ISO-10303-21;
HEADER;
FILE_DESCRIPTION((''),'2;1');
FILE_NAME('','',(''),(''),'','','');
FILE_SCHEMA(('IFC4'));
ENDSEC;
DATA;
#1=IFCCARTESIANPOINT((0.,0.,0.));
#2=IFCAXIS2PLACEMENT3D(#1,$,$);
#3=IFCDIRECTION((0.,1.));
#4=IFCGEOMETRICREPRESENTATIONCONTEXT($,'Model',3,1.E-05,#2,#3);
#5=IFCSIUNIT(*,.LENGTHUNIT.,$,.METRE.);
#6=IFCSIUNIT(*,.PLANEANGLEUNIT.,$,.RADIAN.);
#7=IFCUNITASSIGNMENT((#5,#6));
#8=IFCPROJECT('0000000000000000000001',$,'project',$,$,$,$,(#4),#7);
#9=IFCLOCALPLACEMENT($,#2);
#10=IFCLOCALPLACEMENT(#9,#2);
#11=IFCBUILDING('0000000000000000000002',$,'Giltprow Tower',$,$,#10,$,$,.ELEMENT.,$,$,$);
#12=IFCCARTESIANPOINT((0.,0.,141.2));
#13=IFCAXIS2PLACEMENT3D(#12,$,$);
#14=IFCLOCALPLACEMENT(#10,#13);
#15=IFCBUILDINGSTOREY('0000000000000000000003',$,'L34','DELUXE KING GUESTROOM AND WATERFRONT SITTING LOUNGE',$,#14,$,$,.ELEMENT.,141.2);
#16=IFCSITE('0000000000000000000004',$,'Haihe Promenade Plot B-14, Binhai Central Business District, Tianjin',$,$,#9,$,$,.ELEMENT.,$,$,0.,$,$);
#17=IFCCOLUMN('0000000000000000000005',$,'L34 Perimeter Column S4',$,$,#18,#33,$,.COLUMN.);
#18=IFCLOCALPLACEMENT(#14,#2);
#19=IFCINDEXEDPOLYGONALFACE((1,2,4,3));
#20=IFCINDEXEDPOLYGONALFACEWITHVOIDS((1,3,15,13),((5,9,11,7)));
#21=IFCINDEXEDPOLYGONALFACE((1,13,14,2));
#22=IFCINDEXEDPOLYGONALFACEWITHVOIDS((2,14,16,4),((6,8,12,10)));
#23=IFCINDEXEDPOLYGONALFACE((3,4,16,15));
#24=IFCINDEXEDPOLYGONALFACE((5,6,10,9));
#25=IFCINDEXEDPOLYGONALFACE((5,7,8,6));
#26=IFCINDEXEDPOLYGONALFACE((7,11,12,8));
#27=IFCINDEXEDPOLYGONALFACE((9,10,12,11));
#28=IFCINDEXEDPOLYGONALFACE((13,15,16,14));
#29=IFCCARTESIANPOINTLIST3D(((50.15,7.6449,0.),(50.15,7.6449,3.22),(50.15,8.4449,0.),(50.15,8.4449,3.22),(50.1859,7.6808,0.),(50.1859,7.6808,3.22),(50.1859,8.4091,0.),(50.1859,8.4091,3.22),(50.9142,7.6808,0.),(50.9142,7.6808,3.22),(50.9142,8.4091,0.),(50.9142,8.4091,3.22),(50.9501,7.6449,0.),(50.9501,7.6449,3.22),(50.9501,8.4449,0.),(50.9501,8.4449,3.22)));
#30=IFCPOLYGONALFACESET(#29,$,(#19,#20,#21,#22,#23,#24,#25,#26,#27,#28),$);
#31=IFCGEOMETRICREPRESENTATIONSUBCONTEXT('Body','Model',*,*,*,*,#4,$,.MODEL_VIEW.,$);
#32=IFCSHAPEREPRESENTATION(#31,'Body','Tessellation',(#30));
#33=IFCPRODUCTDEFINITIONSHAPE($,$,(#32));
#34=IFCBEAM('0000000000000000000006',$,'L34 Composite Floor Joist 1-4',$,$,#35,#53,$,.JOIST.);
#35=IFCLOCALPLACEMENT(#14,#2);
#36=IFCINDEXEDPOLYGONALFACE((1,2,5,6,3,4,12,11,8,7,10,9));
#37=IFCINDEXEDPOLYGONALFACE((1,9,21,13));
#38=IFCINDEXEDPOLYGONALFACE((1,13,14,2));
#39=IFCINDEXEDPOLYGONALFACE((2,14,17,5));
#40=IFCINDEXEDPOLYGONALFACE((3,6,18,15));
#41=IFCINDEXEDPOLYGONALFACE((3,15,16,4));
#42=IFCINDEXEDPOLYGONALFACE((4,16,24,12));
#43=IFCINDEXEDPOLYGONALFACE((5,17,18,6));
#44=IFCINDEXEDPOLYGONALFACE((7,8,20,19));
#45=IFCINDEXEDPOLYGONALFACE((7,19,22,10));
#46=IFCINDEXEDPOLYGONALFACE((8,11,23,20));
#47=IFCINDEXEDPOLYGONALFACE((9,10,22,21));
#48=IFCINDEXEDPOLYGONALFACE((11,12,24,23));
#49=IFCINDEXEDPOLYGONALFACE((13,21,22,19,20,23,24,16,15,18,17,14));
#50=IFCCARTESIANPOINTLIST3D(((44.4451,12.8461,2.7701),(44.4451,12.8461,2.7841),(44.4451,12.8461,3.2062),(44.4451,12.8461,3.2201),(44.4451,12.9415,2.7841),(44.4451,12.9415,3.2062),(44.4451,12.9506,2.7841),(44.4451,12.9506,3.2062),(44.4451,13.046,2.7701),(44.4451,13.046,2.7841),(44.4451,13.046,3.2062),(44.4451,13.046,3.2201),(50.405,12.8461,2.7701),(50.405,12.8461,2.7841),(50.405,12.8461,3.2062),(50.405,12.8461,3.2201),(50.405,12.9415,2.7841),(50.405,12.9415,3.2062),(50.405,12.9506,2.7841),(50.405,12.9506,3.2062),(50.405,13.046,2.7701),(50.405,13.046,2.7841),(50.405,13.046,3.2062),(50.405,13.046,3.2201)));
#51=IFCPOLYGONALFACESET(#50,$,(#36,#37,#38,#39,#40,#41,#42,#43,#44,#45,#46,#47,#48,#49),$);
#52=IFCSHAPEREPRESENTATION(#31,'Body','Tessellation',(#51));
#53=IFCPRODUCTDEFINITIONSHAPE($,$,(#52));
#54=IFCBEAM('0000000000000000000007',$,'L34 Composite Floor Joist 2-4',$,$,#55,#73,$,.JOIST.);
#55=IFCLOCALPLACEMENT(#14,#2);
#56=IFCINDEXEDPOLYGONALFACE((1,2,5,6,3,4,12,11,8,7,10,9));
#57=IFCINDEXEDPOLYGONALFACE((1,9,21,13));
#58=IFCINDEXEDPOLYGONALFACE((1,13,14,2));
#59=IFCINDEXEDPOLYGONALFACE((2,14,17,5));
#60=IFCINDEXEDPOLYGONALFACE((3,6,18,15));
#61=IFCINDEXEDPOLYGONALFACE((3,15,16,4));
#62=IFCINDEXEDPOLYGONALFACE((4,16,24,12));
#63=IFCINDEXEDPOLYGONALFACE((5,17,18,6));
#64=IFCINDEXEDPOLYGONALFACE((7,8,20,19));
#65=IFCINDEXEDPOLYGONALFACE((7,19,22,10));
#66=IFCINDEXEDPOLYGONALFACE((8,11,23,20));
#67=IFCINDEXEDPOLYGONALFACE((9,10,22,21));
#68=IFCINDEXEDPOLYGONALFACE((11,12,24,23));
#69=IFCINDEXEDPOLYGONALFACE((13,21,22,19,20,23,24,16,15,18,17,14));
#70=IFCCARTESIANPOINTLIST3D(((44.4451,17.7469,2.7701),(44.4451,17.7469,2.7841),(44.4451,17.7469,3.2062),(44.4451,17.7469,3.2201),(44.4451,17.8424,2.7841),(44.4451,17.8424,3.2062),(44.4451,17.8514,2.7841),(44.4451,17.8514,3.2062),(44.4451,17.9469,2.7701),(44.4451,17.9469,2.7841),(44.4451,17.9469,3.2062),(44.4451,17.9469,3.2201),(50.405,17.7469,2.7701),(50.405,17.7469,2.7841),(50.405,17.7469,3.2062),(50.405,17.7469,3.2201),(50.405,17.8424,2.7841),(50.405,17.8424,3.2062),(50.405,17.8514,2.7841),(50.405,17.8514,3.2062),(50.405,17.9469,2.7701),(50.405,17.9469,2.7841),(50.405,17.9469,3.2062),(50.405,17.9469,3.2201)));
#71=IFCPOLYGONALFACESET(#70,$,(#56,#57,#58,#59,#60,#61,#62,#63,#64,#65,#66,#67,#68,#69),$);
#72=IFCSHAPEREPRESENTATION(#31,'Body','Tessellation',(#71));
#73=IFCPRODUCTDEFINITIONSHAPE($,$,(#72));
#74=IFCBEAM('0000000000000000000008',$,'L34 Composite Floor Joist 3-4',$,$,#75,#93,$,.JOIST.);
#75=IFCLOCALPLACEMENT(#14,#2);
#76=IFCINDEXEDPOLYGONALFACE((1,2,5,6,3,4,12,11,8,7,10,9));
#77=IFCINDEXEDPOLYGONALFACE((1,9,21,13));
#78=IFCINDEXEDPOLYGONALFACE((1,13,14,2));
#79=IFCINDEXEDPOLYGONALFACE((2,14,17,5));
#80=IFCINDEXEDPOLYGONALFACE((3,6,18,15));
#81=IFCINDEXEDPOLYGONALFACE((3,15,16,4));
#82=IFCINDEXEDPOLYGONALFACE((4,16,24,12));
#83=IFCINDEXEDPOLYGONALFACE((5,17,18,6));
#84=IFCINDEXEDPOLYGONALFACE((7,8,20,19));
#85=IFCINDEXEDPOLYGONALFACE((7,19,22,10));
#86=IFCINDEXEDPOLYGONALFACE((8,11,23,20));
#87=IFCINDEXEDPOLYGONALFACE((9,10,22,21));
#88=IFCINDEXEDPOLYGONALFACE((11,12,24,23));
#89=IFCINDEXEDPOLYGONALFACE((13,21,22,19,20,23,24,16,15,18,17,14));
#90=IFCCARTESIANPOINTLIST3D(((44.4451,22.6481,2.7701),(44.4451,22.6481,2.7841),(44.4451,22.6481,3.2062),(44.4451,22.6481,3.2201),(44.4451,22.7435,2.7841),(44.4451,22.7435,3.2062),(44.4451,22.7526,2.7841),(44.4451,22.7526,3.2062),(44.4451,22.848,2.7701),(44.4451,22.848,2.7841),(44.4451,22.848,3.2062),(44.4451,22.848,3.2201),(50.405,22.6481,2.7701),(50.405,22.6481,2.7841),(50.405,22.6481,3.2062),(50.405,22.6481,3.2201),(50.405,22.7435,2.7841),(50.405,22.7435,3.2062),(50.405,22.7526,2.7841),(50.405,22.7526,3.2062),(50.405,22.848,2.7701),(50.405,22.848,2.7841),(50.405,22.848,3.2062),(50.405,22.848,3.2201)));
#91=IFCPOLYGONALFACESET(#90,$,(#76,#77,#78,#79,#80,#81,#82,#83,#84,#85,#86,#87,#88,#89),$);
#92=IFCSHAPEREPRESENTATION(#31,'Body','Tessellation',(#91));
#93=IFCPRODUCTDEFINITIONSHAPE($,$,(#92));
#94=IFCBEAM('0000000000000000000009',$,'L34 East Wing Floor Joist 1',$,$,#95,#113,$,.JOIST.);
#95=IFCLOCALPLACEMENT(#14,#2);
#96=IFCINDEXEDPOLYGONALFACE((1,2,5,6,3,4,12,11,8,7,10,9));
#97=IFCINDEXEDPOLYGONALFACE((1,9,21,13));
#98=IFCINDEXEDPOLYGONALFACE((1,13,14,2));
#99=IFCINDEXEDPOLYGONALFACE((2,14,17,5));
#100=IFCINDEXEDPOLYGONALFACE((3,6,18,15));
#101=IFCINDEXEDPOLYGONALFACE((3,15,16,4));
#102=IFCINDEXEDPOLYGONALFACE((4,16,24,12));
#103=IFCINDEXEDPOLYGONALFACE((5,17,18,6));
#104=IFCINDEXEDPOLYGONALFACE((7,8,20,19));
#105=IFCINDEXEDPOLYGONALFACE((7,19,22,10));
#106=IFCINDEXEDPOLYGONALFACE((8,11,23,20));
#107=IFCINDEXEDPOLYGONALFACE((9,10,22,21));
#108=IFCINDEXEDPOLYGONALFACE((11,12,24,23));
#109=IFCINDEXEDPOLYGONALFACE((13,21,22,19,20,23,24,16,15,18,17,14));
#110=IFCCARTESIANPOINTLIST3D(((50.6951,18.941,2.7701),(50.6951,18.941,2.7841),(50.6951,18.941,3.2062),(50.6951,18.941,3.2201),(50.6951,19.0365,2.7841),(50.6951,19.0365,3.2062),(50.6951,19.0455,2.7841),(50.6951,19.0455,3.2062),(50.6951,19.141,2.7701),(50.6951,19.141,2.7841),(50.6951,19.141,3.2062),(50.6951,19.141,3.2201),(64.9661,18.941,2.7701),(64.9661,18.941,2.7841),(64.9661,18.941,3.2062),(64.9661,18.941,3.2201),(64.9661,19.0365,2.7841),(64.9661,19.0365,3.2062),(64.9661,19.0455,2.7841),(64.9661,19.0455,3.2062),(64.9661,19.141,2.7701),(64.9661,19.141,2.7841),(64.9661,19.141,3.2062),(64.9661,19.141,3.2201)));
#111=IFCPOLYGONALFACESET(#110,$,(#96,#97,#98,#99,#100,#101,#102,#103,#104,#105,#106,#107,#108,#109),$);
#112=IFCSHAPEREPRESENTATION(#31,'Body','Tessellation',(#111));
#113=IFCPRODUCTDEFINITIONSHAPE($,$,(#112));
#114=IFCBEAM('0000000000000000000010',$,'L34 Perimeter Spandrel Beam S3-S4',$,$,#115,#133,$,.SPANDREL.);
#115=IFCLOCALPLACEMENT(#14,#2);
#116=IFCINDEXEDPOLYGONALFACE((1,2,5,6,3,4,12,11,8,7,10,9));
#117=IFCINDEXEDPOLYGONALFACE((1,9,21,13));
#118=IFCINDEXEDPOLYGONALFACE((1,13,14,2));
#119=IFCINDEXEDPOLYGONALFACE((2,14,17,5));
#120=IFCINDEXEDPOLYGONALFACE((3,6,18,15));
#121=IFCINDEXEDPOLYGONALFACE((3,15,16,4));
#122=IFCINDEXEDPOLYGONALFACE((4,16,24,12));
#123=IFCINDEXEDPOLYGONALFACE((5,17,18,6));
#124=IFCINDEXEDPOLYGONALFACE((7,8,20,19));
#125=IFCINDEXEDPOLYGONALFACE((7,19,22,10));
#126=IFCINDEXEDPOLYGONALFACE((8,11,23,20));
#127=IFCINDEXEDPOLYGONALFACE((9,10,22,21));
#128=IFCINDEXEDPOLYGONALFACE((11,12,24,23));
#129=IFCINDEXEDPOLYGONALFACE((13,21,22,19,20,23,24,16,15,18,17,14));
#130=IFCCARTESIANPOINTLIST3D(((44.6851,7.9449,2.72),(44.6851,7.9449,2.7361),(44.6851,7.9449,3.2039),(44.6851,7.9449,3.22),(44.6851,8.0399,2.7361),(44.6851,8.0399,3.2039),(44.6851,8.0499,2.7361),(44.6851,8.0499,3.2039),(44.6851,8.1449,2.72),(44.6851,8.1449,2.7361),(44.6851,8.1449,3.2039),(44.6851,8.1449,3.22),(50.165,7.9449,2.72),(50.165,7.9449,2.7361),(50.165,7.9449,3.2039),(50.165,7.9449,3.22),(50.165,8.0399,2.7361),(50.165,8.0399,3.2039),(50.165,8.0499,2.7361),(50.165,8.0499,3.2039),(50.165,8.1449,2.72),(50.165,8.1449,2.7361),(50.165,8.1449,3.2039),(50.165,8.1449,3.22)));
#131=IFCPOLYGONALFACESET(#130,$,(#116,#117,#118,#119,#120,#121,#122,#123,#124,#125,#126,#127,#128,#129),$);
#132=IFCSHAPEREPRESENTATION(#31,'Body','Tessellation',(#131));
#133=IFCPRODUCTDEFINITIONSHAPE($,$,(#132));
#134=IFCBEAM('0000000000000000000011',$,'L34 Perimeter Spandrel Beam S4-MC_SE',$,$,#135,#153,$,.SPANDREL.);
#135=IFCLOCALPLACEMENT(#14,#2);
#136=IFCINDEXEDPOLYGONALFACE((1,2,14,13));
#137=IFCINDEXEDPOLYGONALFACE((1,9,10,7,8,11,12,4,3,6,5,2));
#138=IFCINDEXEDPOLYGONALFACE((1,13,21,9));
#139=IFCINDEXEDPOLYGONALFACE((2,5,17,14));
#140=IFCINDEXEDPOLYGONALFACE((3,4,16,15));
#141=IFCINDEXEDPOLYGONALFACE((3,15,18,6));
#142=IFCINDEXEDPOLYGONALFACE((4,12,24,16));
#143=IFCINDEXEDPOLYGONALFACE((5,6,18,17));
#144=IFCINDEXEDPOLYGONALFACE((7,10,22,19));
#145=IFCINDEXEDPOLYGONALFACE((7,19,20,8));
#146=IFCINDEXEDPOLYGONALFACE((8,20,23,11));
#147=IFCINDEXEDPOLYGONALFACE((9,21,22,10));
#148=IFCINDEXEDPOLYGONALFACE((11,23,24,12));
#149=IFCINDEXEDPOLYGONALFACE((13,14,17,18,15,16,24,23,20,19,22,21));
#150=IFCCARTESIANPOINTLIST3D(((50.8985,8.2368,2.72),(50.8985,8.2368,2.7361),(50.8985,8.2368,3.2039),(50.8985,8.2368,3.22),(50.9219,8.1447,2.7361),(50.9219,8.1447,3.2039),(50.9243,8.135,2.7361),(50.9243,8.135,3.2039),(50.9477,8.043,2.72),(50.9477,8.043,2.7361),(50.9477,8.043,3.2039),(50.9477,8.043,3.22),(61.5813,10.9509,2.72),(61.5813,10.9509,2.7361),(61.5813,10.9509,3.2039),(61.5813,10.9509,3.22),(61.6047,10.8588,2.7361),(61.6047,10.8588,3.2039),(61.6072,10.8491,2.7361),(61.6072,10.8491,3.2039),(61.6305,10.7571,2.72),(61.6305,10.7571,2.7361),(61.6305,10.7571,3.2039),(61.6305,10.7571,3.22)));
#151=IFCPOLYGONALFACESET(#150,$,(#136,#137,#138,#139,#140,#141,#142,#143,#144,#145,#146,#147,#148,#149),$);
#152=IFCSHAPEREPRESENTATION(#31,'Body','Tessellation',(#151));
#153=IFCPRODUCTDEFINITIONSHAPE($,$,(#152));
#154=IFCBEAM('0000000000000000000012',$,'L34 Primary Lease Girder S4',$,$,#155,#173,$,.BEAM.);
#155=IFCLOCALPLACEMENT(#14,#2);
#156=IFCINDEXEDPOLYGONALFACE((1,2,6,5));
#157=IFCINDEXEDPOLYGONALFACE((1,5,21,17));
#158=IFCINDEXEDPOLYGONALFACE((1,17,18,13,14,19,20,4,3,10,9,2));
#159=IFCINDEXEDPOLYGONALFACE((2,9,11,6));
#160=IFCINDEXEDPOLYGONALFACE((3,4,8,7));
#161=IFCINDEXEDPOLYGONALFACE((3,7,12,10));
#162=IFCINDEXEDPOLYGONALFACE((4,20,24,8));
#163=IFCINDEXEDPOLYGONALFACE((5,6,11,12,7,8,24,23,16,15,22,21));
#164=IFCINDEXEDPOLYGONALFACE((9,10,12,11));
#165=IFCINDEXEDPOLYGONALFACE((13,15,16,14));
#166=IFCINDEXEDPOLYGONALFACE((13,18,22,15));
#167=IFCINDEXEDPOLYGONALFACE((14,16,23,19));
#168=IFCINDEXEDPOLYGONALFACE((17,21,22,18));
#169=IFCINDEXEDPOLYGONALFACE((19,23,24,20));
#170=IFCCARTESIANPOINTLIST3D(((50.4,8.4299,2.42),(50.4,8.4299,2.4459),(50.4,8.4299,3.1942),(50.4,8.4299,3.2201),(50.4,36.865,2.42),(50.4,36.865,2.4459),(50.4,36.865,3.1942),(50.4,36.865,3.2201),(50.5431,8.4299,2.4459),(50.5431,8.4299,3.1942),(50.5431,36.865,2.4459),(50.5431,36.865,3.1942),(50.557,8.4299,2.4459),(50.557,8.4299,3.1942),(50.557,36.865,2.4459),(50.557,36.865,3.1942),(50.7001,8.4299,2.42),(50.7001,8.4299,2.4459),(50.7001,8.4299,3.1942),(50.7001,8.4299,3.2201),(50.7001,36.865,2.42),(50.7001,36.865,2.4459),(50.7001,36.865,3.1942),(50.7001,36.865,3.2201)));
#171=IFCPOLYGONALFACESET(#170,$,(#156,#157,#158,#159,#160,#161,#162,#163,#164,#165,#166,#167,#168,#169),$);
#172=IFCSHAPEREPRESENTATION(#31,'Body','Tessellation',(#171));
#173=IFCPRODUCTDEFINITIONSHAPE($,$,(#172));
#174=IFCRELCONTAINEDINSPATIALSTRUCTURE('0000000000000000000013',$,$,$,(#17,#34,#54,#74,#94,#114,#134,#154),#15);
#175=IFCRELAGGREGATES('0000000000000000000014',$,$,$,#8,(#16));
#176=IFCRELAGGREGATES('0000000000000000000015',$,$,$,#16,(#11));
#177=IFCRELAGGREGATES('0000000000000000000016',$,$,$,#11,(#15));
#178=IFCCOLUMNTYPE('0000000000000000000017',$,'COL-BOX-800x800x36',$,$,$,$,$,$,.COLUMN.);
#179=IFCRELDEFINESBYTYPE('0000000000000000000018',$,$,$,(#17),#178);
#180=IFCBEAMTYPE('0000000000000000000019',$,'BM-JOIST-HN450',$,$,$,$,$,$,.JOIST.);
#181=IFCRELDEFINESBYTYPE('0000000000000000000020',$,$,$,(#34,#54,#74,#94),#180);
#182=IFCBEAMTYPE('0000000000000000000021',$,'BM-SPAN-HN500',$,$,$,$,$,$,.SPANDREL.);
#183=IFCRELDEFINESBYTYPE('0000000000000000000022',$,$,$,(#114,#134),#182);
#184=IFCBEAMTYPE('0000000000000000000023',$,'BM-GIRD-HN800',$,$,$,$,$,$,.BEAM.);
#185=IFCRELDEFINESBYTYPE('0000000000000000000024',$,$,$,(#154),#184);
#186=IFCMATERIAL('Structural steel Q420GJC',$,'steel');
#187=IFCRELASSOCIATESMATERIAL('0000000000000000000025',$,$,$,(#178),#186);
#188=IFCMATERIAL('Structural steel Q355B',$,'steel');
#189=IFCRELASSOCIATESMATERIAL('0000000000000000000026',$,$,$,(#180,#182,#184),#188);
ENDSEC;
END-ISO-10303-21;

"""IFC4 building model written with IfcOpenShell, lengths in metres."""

from ifc_helpers import new_model, si_unit, direction, frame, origin, origin_2d, place, context, subcontext, project, spatial, hollow_rectangle, i_section, extrude, source, transform, mapped, material, material_profile, profile_set, type_object, element, save


model = new_model("IFC4")

# Units and contexts
model_context = context("Model", 3, precision=1e-05, world=origin(), true_north=direction((0.0, 1.0)))
body_context = subcontext(model_context, "Body", "Model", "MODEL_VIEW")
ifc_project = project(units=[si_unit("LENGTHUNIT", "METRE"), si_unit("PLANEANGLEUNIT", "RADIAN")], contexts=[model_context])

# Site, building, storey
site_placement = place(None, origin())
site = spatial("IfcSite", under=ifc_project, at=site_placement, Name="Haihe Promenade Plot B-14, Binhai Central Business District, Tianjin", CompositionType="ELEMENT", RefElevation=0.0)
building_placement = place(site_placement, origin())
building = spatial("IfcBuilding", under=site, at=building_placement, Name="Giltprow Tower", CompositionType="ELEMENT")
storey_placement = place(building_placement, frame((0.0, 0.0, 141.2)))
storey = spatial("IfcBuildingStorey", under=building, at=storey_placement, Name="L34", Description="DELUXE KING GUESTROOM AND WATERFRONT SITTING LOUNGE", CompositionType="ELEMENT", Elevation=141.2)

# Column
ifc_material_1 = material(Name="Structural steel Q420GJC", Category="steel")
ifc_material_profile_1 = material_profile(ifc_material_1, hollow_rectangle(XDim=0.8, YDim=0.8, WallThickness=0.0359, at=origin_2d()), Name="BOX 800x800x36")
ifc_profile_set_1 = profile_set([ifc_material_profile_1], Name="Structural steel Q420GJC")
column_type = type_object("IfcColumnType", Name="COL-BOX-800x800x36", PredefinedType="COLUMN", material=ifc_profile_set_1)
shared_shape_1 = source(origin(), body_context, "Body", "SweptSolid", [
    extrude(hollow_rectangle(XDim=0.8, YDim=0.8, WallThickness=0.0359, at=origin_2d()), origin(), (0.0, 0.0, 1.0), 3.22),
])
column_placement = place(storey_placement, frame((50.55, 8.0449, 0.0), z_axis=(0.0, 0.0, 1.0), x_axis=(1.0, 0.0, 0.0)))
element("IfcColumn", 1, at=column_placement, inside=storey, type_object=column_type, Name="L34 Perimeter Column S4", PredefinedType="COLUMN", context=body_context, shape_type="MappedRepresentation", body=[
    mapped(shared_shape_1, transform((0.0, 0.0, 0.0), x_axis=(1.0, 0.0, 0.0), y_axis=(0.0, 1.0, 0.0), z_axis=(0.0, 0.0, 1.0), scale=1.0)),
])

# Beams
ifc_material_2 = material(Name="Structural steel Q355B", Category="steel")
ifc_material_profile_2 = material_profile(ifc_material_2, i_section(OverallWidth=0.2, OverallDepth=0.45, WebThickness=0.009, FlangeThickness=0.0139, at=origin_2d()), Name="HN 450x200x9x14")
ifc_profile_set_2 = profile_set([ifc_material_profile_2], Name="Structural steel Q355B")
beam_type_1 = type_object("IfcBeamType", Name="BM-JOIST-HN450", PredefinedType="JOIST", material=ifc_profile_set_2)
shared_shape_2 = source(origin(), body_context, "Body", "SweptSolid", [
    extrude(i_section(OverallWidth=0.2, OverallDepth=0.45, WebThickness=0.009, FlangeThickness=0.0139, at=origin_2d()), origin(), (0.0, 0.0, 1.0), 5.96),
])
for number, where, z_axis, x_axis, name in (
    (2, (44.4451, 12.946, 2.9951), (1.0, 0.0, 0.0), (0.0, 1.0, 0.0), "L34 Composite Floor Joist 1-4"),
    (3, (44.4451, 17.8469, 2.9951), (1.0, 0.0, 0.0), (0.0, 1.0, 0.0), "L34 Composite Floor Joist 2-4"),
    (4, (44.4451, 22.748, 2.9951), (1.0, 0.0, 0.0), (0.0, 1.0, 0.0), "L34 Composite Floor Joist 3-4"),
):
    element("IfcBeam", number, at=place(storey_placement, frame(where, z_axis=z_axis, x_axis=x_axis)), inside=storey, type_object=beam_type_1, Name=name, PredefinedType="JOIST", context=body_context, shape_type="MappedRepresentation", body=[
        mapped(shared_shape_2, transform((0.0, 0.0, 0.0), x_axis=(1.0, 0.0, 0.0), y_axis=(0.0, 1.0, 0.0), z_axis=(0.0, 0.0, 1.0), scale=1.0)),
    ])
shared_shape_3 = source(origin(), body_context, "Body", "SweptSolid", [
    extrude(i_section(OverallWidth=0.2, OverallDepth=0.45, WebThickness=0.009, FlangeThickness=0.0139, at=origin_2d()), origin(), (0.0, 0.0, 1.0), 14.271),
])
beam_1_placement = place(storey_placement, frame((50.6951, 19.041, 2.9951), z_axis=(1.0, 0.0, 0.0), x_axis=(0.0, 1.0, 0.0)))
element("IfcBeam", 5, at=beam_1_placement, inside=storey, type_object=beam_type_1, Name="L34 East Wing Floor Joist 1", PredefinedType="JOIST", context=body_context, shape_type="MappedRepresentation", body=[
    mapped(shared_shape_3, transform((0.0, 0.0, 0.0), x_axis=(1.0, 0.0, 0.0), y_axis=(0.0, 1.0, 0.0), z_axis=(0.0, 0.0, 1.0), scale=1.0)),
])
ifc_material_profile_3 = material_profile(ifc_material_2, i_section(OverallWidth=0.2, OverallDepth=0.5, WebThickness=0.01, FlangeThickness=0.0161, at=origin_2d()), Name="HN 500x200x10x16")
ifc_profile_set_3 = profile_set([ifc_material_profile_3], Name="Structural steel Q355B")
beam_type_2 = type_object("IfcBeamType", Name="BM-SPAN-HN500", PredefinedType="SPANDREL", material=ifc_profile_set_3)
shared_shape_4 = source(origin(), body_context, "Body", "SweptSolid", [
    extrude(i_section(OverallWidth=0.2, OverallDepth=0.5, WebThickness=0.01, FlangeThickness=0.0161, at=origin_2d()), origin(), (0.0, 0.0, 1.0), 5.48),
])
beam_2_placement = place(storey_placement, frame((44.6851, 8.0449, 2.97), z_axis=(1.0, 0.0, 0.0), x_axis=(0.0, 1.0, 0.0)))
element("IfcBeam", 6, at=beam_2_placement, inside=storey, type_object=beam_type_2, Name="L34 Perimeter Spandrel Beam S3-S4", PredefinedType="SPANDREL", context=body_context, shape_type="MappedRepresentation", body=[
    mapped(shared_shape_4, transform((0.0, 0.0, 0.0), x_axis=(1.0, 0.0, 0.0), y_axis=(0.0, 1.0, 0.0), z_axis=(0.0, 0.0, 1.0), scale=1.0)),
])
shared_shape_5 = source(origin(), body_context, "Body", "SweptSolid", [
    extrude(i_section(OverallWidth=0.2, OverallDepth=0.5, WebThickness=0.01, FlangeThickness=0.0161, at=origin_2d()), origin(), (0.0, 0.0, 1.0), 11.0222),
])
beam_3_placement = place(storey_placement, frame((50.9231, 8.1399, 2.97), z_axis=(0.969209, 0.246239, 0.0), x_axis=(-0.246239, 0.969209, 0.0)))
element("IfcBeam", 7, at=beam_3_placement, inside=storey, type_object=beam_type_2, Name="L34 Perimeter Spandrel Beam S4-MC_SE", PredefinedType="SPANDREL", context=body_context, shape_type="MappedRepresentation", body=[
    mapped(shared_shape_5, transform((0.0, 0.0, 0.0), x_axis=(1.0, 0.0, 0.0), y_axis=(0.0, 1.0, 0.0), z_axis=(0.0, 0.0, 1.0), scale=1.0)),
])
ifc_material_profile_4 = material_profile(ifc_material_2, i_section(OverallWidth=0.3, OverallDepth=0.8, WebThickness=0.0139, FlangeThickness=0.0259, at=origin_2d()), Name="HN 800x300x14x26")
ifc_profile_set_4 = profile_set([ifc_material_profile_4], Name="Structural steel Q355B")
beam_type_3 = type_object("IfcBeamType", Name="BM-GIRD-HN800", PredefinedType="BEAM", material=ifc_profile_set_4)
shared_shape_6 = source(origin(), body_context, "Body", "SweptSolid", [
    extrude(i_section(OverallWidth=0.3, OverallDepth=0.8, WebThickness=0.0139, FlangeThickness=0.0259, at=origin_2d()), origin(), (0.0, 0.0, 1.0), 28.4351),
])
beam_4_placement = place(storey_placement, frame((50.55, 8.4299, 2.8201), z_axis=(0.0, 1.0, 0.0), x_axis=(-1.0, 0.0, 0.0)))
element("IfcBeam", 8, at=beam_4_placement, inside=storey, type_object=beam_type_3, Name="L34 Primary Lease Girder S4", PredefinedType="BEAM", context=body_context, shape_type="MappedRepresentation", body=[
    mapped(shared_shape_6, transform((0.0, 0.0, 0.0), x_axis=(1.0, 0.0, 0.0), y_axis=(0.0, 1.0, 0.0), z_axis=(0.0, 0.0, 1.0), scale=1.0)),
])

save(model, "model.ifc")
